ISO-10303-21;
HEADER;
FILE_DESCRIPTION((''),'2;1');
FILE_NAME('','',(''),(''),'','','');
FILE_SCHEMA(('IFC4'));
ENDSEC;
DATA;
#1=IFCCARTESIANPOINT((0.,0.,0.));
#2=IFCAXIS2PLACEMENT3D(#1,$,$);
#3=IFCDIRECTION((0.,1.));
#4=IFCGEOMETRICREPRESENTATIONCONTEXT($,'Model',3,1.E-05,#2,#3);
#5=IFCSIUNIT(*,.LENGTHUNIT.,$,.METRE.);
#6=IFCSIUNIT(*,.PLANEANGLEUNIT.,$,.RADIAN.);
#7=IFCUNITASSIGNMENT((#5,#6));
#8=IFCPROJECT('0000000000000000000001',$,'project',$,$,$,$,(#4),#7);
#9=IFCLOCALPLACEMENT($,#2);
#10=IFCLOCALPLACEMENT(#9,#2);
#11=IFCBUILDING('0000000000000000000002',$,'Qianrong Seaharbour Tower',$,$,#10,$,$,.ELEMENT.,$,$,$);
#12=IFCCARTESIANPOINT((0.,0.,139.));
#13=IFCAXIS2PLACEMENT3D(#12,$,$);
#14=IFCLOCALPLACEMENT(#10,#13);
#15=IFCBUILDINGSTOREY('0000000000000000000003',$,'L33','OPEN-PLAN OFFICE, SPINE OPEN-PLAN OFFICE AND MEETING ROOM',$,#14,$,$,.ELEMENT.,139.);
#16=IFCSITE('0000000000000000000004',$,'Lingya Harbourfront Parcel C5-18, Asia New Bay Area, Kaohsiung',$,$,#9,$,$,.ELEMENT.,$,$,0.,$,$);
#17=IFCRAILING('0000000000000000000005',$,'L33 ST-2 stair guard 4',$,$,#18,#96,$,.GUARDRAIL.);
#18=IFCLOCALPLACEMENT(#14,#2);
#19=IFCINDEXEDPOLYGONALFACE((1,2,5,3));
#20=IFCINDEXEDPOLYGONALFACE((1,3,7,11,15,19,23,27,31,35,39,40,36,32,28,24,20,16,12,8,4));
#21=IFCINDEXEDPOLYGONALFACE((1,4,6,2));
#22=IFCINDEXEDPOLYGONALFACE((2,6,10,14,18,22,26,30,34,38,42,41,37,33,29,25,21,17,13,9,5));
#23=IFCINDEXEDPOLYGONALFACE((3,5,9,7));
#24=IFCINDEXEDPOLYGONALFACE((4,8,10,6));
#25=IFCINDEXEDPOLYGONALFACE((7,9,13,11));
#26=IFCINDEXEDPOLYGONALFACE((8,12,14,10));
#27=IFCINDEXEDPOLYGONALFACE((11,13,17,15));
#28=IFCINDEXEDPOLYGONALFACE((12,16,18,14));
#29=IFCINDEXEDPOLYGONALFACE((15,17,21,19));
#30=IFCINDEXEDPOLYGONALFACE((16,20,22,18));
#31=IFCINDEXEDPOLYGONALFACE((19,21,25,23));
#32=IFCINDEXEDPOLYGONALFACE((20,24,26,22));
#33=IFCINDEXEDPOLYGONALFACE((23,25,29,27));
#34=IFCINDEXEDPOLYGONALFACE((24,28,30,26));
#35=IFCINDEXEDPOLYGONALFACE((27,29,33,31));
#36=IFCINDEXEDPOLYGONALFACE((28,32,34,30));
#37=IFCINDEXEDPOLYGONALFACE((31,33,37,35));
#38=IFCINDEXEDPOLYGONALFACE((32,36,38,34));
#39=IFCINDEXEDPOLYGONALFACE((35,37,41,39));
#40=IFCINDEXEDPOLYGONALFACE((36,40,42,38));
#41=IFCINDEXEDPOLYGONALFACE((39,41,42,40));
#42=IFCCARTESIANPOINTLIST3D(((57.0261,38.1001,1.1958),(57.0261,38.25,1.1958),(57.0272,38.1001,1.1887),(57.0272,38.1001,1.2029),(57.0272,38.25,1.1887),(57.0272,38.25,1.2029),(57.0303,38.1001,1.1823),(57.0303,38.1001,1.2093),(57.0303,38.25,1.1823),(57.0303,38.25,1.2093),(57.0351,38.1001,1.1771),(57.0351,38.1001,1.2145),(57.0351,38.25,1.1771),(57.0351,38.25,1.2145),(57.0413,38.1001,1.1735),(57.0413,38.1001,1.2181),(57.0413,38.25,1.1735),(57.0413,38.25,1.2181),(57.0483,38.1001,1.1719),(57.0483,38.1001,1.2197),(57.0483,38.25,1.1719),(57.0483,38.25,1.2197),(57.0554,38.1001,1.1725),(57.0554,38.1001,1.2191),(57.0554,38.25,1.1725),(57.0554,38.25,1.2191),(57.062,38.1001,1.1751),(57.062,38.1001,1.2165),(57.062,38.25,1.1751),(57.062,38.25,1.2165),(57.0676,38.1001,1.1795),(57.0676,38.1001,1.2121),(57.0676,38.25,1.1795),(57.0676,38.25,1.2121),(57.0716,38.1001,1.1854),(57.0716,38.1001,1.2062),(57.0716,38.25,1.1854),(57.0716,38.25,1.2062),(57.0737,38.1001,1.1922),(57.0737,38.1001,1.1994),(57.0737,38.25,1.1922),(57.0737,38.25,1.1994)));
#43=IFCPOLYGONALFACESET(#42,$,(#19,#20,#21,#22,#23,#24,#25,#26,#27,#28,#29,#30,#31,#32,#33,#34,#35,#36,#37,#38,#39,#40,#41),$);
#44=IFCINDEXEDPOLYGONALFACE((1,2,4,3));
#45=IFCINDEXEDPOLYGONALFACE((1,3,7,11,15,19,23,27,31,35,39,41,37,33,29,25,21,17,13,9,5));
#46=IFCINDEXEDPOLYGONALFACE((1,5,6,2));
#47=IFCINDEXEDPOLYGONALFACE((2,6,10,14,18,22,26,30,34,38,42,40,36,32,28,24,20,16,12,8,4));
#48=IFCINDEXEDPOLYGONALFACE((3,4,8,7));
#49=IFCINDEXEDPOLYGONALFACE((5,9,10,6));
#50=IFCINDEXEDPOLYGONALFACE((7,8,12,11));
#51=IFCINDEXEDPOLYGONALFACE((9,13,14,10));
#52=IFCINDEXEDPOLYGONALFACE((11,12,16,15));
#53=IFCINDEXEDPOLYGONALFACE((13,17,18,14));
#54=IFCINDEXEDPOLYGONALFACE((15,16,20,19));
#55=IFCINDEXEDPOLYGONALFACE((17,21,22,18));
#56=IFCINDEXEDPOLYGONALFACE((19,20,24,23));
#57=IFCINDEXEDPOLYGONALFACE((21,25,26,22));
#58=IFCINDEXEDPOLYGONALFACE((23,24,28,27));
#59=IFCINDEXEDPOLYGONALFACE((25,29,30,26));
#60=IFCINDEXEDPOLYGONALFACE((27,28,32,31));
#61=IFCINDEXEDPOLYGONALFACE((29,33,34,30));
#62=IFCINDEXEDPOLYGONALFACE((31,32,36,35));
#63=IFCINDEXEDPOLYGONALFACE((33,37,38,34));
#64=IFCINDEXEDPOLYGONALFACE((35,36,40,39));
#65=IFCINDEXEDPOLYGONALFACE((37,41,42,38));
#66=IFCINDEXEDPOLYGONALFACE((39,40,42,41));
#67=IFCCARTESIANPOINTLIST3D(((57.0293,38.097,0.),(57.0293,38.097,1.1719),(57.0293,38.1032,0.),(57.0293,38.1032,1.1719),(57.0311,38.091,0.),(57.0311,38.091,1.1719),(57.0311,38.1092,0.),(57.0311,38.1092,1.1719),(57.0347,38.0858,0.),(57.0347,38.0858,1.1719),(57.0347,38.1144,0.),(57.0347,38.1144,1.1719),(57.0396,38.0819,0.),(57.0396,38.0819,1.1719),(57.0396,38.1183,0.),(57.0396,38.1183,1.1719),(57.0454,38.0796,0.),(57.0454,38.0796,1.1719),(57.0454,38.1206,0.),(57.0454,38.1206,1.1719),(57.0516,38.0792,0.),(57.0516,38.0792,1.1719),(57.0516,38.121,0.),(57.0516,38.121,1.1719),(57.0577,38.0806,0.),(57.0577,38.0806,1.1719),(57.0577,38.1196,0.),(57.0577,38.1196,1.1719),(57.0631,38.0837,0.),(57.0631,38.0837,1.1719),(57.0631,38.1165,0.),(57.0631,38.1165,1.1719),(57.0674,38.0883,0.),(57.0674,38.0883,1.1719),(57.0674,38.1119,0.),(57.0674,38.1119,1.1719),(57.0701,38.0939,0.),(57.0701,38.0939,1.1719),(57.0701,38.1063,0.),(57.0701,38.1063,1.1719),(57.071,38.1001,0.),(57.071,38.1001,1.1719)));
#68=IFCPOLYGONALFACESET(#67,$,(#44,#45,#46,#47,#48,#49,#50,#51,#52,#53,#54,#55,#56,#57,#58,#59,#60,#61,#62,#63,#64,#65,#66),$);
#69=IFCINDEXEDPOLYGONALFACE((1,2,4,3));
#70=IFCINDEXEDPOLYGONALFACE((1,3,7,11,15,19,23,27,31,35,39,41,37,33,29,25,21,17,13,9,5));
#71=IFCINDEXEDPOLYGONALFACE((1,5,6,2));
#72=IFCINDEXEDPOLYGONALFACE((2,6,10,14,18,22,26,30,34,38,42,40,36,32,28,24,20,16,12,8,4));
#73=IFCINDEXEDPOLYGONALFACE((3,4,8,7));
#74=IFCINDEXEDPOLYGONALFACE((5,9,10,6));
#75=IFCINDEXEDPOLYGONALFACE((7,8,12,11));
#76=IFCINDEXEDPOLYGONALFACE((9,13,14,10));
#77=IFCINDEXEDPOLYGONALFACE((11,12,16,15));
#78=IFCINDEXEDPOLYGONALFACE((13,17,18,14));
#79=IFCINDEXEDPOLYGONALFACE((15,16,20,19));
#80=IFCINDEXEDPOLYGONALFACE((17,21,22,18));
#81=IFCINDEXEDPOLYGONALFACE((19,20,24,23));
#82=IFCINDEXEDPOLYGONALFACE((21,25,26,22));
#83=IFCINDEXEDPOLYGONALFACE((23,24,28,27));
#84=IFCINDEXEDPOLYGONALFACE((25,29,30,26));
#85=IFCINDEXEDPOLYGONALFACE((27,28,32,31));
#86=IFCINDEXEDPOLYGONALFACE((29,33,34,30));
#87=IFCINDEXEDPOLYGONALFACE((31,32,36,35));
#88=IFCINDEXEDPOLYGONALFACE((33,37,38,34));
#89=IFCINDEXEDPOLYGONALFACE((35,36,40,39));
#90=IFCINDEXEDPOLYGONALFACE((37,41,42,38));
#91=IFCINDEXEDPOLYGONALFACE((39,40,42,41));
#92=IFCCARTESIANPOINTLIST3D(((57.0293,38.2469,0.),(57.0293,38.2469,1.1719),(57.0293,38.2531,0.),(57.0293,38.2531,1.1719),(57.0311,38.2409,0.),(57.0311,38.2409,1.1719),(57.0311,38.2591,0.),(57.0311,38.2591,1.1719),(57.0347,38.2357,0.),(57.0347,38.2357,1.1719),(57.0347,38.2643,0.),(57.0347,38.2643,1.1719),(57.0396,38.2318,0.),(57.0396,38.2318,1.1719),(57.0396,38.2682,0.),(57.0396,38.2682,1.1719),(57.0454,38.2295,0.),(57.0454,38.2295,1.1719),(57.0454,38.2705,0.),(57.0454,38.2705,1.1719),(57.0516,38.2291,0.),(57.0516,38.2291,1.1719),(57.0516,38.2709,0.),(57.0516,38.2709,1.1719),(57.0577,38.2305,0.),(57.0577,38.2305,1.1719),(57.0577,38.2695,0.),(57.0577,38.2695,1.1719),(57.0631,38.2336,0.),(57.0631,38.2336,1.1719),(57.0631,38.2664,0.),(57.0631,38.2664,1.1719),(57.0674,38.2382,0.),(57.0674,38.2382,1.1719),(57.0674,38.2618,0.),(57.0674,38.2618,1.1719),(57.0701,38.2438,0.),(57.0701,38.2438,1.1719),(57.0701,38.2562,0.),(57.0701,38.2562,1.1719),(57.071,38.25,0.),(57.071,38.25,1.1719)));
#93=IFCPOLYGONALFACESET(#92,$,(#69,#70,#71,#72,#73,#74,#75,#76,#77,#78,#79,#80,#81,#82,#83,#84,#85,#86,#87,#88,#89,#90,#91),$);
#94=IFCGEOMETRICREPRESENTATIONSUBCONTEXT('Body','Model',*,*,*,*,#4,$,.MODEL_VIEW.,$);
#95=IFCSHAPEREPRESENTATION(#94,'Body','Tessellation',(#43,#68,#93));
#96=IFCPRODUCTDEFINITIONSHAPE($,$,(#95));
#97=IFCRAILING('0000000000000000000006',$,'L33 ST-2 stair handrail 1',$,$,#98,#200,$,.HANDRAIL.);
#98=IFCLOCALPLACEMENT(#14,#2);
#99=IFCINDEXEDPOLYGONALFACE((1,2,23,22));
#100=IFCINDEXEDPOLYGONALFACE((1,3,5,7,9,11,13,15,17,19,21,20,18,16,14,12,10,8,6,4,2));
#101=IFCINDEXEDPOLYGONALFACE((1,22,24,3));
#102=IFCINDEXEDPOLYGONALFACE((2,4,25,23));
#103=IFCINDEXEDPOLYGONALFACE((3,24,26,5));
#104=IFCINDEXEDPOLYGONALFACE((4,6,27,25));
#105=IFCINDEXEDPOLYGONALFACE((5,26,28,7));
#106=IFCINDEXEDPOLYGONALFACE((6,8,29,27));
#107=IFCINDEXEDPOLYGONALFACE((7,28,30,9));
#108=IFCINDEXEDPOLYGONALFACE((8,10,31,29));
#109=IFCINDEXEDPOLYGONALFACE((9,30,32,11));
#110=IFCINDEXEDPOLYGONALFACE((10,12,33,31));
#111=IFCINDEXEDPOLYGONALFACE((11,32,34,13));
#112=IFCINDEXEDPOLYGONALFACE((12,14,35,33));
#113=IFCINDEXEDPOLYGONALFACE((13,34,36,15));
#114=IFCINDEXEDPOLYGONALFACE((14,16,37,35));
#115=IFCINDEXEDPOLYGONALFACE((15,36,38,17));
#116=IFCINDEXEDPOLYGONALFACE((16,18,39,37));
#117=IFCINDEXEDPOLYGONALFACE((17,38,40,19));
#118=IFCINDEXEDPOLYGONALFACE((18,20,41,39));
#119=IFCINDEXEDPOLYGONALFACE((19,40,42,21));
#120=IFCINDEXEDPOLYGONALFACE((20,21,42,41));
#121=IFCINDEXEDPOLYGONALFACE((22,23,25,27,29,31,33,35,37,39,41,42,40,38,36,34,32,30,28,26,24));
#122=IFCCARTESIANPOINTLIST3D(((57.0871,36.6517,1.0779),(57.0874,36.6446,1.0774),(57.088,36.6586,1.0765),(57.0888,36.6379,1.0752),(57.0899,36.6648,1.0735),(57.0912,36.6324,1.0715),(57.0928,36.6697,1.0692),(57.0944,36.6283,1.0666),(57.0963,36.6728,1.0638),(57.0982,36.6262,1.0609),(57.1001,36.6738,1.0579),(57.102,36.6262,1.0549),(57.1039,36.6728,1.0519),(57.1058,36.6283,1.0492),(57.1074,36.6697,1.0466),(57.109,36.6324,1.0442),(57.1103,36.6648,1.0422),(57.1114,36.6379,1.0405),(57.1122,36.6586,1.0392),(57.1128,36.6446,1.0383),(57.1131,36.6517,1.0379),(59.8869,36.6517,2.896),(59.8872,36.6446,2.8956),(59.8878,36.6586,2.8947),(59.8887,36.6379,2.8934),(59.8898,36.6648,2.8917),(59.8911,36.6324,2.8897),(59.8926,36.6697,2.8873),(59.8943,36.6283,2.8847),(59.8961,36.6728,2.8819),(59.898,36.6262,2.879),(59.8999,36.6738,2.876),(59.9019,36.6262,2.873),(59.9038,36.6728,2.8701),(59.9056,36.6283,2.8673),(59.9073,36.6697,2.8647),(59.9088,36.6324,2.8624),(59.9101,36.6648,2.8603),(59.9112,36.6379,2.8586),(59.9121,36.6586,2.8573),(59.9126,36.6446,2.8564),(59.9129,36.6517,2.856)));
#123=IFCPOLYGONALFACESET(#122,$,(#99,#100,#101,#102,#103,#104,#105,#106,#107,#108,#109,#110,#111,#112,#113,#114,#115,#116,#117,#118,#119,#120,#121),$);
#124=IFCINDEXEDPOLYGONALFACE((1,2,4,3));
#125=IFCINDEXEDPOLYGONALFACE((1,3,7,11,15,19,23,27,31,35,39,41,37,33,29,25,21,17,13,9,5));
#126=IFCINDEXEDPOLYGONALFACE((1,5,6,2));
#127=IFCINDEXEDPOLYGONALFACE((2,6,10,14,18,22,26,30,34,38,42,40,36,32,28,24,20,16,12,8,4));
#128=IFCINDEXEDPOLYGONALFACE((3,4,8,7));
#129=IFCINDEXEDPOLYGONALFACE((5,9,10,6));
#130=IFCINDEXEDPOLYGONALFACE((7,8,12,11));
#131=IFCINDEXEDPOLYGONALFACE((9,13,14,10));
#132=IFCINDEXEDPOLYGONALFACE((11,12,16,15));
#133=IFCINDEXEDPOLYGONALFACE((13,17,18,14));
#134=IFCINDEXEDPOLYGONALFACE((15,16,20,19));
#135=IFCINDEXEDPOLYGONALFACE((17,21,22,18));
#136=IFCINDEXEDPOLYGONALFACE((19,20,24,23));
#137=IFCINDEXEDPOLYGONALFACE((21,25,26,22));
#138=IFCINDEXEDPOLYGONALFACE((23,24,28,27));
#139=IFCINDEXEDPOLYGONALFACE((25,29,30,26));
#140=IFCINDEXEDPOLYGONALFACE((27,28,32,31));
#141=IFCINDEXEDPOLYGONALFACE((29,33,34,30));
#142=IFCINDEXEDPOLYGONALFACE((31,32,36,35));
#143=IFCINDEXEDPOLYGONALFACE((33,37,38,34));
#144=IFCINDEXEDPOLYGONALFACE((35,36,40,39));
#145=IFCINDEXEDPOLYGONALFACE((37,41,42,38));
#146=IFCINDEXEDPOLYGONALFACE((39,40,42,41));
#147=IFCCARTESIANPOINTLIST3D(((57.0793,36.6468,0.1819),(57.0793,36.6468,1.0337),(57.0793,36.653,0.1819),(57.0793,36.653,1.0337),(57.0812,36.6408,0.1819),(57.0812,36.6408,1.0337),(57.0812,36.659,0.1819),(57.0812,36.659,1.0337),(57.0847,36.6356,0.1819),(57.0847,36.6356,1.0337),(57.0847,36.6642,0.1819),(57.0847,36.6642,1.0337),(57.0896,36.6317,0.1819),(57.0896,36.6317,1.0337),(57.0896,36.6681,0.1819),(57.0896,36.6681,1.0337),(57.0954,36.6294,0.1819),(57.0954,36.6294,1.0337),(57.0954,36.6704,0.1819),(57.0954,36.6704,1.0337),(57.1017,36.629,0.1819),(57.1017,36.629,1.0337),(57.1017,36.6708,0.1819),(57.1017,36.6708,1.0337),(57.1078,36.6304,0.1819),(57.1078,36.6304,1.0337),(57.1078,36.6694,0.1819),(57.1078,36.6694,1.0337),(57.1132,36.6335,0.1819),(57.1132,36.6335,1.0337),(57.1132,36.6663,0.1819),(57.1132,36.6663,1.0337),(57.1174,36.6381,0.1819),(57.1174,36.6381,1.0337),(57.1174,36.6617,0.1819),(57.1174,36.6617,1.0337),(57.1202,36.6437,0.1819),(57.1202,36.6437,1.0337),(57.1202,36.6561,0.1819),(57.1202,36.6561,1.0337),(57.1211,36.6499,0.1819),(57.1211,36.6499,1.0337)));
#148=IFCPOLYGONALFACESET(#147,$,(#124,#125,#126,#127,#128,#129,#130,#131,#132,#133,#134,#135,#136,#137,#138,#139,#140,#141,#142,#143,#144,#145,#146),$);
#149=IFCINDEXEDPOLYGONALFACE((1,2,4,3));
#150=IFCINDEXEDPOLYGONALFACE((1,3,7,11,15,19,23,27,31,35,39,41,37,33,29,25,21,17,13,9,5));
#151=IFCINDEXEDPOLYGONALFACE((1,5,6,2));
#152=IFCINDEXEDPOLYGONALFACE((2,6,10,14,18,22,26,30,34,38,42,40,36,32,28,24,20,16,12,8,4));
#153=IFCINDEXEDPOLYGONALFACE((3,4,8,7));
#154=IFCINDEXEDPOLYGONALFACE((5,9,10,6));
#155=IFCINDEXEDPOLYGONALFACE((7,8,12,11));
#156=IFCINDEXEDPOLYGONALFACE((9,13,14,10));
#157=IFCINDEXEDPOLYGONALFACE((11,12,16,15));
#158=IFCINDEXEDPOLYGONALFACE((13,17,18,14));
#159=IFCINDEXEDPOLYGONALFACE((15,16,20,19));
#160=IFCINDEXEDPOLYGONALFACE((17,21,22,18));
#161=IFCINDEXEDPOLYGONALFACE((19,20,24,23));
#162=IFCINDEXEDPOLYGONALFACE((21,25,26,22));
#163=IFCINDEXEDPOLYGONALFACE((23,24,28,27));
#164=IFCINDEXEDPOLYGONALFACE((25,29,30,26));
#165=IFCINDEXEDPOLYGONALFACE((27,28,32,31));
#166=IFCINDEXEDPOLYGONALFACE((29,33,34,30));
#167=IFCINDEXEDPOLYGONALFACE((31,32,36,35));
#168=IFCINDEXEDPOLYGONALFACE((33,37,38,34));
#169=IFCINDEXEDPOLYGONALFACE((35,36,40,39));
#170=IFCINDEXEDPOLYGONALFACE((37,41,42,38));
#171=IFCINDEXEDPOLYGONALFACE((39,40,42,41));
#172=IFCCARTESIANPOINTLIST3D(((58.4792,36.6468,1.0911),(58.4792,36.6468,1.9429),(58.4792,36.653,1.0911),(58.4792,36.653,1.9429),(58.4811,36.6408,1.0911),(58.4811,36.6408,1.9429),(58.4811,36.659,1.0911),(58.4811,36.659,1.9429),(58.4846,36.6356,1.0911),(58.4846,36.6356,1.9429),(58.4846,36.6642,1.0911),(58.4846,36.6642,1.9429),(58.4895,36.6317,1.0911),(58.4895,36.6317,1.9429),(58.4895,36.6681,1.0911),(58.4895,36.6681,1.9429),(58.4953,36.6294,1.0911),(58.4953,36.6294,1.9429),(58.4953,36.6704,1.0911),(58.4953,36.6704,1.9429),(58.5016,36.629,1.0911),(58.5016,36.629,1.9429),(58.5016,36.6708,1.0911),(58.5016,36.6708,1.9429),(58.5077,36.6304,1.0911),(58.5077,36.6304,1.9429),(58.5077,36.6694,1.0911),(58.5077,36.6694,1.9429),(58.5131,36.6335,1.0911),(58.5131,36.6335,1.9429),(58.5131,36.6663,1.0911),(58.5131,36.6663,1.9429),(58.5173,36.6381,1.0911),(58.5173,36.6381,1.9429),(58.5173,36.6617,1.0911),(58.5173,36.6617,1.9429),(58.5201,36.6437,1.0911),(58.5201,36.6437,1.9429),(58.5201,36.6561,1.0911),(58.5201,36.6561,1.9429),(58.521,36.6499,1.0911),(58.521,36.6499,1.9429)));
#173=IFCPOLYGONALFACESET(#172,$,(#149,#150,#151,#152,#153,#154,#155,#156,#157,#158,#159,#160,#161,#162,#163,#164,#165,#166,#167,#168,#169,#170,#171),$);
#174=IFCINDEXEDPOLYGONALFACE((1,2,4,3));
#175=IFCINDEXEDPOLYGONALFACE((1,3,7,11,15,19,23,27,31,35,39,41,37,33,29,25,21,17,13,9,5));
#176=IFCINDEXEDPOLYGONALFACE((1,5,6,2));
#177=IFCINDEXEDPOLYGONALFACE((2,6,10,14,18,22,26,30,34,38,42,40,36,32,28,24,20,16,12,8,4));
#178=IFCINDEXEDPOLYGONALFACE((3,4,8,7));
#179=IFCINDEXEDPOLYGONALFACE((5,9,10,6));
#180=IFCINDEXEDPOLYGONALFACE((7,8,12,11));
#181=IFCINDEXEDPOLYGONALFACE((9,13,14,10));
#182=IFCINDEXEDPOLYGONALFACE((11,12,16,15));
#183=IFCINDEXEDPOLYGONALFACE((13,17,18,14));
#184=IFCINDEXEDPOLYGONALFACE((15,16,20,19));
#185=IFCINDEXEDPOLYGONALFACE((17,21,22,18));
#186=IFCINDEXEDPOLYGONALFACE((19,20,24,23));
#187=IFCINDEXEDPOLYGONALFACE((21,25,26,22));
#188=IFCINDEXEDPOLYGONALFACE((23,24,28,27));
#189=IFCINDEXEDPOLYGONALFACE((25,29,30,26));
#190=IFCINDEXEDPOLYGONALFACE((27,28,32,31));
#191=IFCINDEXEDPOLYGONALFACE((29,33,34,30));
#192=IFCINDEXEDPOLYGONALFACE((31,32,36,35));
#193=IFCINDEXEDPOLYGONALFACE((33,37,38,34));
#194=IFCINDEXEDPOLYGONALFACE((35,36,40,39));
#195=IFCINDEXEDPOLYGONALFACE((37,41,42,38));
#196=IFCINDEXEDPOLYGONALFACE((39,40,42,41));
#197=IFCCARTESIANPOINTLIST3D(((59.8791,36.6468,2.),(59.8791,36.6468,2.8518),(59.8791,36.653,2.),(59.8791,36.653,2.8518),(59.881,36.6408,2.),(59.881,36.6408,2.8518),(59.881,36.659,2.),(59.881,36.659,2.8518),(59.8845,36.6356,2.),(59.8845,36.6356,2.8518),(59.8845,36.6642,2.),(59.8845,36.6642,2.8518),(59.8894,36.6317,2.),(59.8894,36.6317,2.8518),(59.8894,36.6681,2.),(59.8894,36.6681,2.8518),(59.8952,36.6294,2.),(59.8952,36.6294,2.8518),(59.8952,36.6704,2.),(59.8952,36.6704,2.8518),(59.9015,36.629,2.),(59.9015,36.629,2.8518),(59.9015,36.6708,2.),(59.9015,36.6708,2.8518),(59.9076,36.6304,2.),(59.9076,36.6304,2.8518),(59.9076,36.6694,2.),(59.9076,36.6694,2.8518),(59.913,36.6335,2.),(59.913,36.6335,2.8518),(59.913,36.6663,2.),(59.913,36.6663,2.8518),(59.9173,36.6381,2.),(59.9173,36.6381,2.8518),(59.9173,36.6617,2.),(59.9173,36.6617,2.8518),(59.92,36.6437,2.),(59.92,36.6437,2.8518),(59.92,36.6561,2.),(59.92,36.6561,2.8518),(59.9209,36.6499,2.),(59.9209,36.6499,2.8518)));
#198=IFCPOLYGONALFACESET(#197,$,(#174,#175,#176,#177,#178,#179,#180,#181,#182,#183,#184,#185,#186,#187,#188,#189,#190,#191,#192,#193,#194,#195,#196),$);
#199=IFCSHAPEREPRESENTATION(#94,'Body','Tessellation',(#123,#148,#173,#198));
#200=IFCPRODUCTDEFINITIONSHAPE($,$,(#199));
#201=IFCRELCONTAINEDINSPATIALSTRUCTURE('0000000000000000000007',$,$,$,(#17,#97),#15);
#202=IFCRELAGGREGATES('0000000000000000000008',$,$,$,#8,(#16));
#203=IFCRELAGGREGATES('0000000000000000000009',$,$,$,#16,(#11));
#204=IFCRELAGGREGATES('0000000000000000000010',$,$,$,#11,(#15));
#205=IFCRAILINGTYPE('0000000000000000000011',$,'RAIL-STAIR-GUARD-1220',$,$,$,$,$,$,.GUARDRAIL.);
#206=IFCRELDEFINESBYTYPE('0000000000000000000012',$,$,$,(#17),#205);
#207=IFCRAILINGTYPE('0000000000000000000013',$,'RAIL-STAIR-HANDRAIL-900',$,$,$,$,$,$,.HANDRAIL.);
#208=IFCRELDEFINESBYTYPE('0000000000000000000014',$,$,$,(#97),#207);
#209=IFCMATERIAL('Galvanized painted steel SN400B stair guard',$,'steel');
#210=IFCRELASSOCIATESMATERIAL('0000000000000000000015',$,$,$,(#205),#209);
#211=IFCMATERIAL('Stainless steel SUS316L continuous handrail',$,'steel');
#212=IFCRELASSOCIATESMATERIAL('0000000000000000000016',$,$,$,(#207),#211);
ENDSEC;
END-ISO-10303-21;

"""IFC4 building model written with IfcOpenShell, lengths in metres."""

from ifc_helpers import new_model, si_unit, direction, frame, origin, origin_2d, place, context, subcontext, project, spatial, circle, extrude, material, type_object, element, save


model = new_model("IFC4")

# Units and contexts
model_context = context("Model", 3, precision=1e-05, world=origin(), true_north=direction((0.0, 1.0)))
body_context = subcontext(model_context, "Body", "Model", "MODEL_VIEW")
ifc_project = project(units=[si_unit("LENGTHUNIT", "METRE"), si_unit("PLANEANGLEUNIT", "RADIAN")], contexts=[model_context])

# Site, building, storey
site_placement = place(None, origin())
site = spatial("IfcSite", under=ifc_project, at=site_placement, Name="Lingya Harbourfront Parcel C5-18, Asia New Bay Area, Kaohsiung", CompositionType="ELEMENT", RefElevation=0.0)
building_placement = place(site_placement, origin())
building = spatial("IfcBuilding", under=site, at=building_placement, Name="Qianrong Seaharbour Tower", CompositionType="ELEMENT")
storey_placement = place(building_placement, frame((0.0, 0.0, 139.0)))
storey = spatial("IfcBuildingStorey", under=building, at=storey_placement, Name="L33", Description="OPEN-PLAN OFFICE, SPINE OPEN-PLAN OFFICE AND MEETING ROOM", CompositionType="ELEMENT", Elevation=139.0)

# Railings
ifc_material_1 = material(Name="Galvanized painted steel SN400B stair guard", Category="steel")
railing_type_1 = type_object("IfcRailingType", Name="RAIL-STAIR-GUARD-1220", PredefinedType="GUARDRAIL", material=ifc_material_1)
railing_1_placement = place(storey_placement, frame((57.05, 38.1001, 0.0)))
element("IfcRailing", 1, at=railing_1_placement, inside=storey, type_object=railing_type_1, Name="L33 ST-2 stair guard 4", PredefinedType="GUARDRAIL", context=body_context, shape_type="SweptSolid", body=[
    extrude(circle(Radius=0.0239, at=origin_2d()), frame((0.0, 0.0, 1.1958), z_axis=(0.0, 1.0, 0.0), x_axis=(-1.0, 0.0, 0.0)), (0.0, 0.0, 1.0), 0.1499),
    extrude(circle(Radius=0.021, at=origin_2d()), origin(), (0.0, 0.0, 1.0), 1.1719),
    extrude(circle(Radius=0.021, at=origin_2d()), frame((0.0, 0.1499, 0.0)), (0.0, 0.0, 1.0), 1.1719),
])
ifc_material_2 = material(Name="Stainless steel SUS316L continuous handrail", Category="steel")
railing_type_2 = type_object("IfcRailingType", Name="RAIL-STAIR-HANDRAIL-900", PredefinedType="HANDRAIL", material=ifc_material_2)
railing_2_placement = place(storey_placement, frame((57.1001, 36.6499, 0.1819)))
element("IfcRailing", 2, at=railing_2_placement, inside=storey, type_object=railing_type_2, Name="L33 ST-2 stair handrail 1", PredefinedType="HANDRAIL", context=body_context, shape_type="SweptSolid", body=[
    extrude(circle(Radius=0.0239, at=origin_2d()), frame((0.0, 0.0, 0.876), z_axis=(0.838684, 0.0, 0.544618), x_axis=(0.0, 1.0, 0.0)), (0.0, 0.0, 1.0), 3.3384),
    extrude(circle(Radius=0.021, at=origin_2d()), origin(), (0.0, 0.0, 1.0), 0.8518),
    extrude(circle(Radius=0.021, at=origin_2d()), frame((1.3999, 0.0, 0.9092)), (0.0, 0.0, 1.0), 0.8518),
    extrude(circle(Radius=0.021, at=origin_2d()), frame((2.7998, 0.0, 1.8181)), (0.0, 0.0, 1.0), 0.8518),
])

save(model, "model.ifc")
